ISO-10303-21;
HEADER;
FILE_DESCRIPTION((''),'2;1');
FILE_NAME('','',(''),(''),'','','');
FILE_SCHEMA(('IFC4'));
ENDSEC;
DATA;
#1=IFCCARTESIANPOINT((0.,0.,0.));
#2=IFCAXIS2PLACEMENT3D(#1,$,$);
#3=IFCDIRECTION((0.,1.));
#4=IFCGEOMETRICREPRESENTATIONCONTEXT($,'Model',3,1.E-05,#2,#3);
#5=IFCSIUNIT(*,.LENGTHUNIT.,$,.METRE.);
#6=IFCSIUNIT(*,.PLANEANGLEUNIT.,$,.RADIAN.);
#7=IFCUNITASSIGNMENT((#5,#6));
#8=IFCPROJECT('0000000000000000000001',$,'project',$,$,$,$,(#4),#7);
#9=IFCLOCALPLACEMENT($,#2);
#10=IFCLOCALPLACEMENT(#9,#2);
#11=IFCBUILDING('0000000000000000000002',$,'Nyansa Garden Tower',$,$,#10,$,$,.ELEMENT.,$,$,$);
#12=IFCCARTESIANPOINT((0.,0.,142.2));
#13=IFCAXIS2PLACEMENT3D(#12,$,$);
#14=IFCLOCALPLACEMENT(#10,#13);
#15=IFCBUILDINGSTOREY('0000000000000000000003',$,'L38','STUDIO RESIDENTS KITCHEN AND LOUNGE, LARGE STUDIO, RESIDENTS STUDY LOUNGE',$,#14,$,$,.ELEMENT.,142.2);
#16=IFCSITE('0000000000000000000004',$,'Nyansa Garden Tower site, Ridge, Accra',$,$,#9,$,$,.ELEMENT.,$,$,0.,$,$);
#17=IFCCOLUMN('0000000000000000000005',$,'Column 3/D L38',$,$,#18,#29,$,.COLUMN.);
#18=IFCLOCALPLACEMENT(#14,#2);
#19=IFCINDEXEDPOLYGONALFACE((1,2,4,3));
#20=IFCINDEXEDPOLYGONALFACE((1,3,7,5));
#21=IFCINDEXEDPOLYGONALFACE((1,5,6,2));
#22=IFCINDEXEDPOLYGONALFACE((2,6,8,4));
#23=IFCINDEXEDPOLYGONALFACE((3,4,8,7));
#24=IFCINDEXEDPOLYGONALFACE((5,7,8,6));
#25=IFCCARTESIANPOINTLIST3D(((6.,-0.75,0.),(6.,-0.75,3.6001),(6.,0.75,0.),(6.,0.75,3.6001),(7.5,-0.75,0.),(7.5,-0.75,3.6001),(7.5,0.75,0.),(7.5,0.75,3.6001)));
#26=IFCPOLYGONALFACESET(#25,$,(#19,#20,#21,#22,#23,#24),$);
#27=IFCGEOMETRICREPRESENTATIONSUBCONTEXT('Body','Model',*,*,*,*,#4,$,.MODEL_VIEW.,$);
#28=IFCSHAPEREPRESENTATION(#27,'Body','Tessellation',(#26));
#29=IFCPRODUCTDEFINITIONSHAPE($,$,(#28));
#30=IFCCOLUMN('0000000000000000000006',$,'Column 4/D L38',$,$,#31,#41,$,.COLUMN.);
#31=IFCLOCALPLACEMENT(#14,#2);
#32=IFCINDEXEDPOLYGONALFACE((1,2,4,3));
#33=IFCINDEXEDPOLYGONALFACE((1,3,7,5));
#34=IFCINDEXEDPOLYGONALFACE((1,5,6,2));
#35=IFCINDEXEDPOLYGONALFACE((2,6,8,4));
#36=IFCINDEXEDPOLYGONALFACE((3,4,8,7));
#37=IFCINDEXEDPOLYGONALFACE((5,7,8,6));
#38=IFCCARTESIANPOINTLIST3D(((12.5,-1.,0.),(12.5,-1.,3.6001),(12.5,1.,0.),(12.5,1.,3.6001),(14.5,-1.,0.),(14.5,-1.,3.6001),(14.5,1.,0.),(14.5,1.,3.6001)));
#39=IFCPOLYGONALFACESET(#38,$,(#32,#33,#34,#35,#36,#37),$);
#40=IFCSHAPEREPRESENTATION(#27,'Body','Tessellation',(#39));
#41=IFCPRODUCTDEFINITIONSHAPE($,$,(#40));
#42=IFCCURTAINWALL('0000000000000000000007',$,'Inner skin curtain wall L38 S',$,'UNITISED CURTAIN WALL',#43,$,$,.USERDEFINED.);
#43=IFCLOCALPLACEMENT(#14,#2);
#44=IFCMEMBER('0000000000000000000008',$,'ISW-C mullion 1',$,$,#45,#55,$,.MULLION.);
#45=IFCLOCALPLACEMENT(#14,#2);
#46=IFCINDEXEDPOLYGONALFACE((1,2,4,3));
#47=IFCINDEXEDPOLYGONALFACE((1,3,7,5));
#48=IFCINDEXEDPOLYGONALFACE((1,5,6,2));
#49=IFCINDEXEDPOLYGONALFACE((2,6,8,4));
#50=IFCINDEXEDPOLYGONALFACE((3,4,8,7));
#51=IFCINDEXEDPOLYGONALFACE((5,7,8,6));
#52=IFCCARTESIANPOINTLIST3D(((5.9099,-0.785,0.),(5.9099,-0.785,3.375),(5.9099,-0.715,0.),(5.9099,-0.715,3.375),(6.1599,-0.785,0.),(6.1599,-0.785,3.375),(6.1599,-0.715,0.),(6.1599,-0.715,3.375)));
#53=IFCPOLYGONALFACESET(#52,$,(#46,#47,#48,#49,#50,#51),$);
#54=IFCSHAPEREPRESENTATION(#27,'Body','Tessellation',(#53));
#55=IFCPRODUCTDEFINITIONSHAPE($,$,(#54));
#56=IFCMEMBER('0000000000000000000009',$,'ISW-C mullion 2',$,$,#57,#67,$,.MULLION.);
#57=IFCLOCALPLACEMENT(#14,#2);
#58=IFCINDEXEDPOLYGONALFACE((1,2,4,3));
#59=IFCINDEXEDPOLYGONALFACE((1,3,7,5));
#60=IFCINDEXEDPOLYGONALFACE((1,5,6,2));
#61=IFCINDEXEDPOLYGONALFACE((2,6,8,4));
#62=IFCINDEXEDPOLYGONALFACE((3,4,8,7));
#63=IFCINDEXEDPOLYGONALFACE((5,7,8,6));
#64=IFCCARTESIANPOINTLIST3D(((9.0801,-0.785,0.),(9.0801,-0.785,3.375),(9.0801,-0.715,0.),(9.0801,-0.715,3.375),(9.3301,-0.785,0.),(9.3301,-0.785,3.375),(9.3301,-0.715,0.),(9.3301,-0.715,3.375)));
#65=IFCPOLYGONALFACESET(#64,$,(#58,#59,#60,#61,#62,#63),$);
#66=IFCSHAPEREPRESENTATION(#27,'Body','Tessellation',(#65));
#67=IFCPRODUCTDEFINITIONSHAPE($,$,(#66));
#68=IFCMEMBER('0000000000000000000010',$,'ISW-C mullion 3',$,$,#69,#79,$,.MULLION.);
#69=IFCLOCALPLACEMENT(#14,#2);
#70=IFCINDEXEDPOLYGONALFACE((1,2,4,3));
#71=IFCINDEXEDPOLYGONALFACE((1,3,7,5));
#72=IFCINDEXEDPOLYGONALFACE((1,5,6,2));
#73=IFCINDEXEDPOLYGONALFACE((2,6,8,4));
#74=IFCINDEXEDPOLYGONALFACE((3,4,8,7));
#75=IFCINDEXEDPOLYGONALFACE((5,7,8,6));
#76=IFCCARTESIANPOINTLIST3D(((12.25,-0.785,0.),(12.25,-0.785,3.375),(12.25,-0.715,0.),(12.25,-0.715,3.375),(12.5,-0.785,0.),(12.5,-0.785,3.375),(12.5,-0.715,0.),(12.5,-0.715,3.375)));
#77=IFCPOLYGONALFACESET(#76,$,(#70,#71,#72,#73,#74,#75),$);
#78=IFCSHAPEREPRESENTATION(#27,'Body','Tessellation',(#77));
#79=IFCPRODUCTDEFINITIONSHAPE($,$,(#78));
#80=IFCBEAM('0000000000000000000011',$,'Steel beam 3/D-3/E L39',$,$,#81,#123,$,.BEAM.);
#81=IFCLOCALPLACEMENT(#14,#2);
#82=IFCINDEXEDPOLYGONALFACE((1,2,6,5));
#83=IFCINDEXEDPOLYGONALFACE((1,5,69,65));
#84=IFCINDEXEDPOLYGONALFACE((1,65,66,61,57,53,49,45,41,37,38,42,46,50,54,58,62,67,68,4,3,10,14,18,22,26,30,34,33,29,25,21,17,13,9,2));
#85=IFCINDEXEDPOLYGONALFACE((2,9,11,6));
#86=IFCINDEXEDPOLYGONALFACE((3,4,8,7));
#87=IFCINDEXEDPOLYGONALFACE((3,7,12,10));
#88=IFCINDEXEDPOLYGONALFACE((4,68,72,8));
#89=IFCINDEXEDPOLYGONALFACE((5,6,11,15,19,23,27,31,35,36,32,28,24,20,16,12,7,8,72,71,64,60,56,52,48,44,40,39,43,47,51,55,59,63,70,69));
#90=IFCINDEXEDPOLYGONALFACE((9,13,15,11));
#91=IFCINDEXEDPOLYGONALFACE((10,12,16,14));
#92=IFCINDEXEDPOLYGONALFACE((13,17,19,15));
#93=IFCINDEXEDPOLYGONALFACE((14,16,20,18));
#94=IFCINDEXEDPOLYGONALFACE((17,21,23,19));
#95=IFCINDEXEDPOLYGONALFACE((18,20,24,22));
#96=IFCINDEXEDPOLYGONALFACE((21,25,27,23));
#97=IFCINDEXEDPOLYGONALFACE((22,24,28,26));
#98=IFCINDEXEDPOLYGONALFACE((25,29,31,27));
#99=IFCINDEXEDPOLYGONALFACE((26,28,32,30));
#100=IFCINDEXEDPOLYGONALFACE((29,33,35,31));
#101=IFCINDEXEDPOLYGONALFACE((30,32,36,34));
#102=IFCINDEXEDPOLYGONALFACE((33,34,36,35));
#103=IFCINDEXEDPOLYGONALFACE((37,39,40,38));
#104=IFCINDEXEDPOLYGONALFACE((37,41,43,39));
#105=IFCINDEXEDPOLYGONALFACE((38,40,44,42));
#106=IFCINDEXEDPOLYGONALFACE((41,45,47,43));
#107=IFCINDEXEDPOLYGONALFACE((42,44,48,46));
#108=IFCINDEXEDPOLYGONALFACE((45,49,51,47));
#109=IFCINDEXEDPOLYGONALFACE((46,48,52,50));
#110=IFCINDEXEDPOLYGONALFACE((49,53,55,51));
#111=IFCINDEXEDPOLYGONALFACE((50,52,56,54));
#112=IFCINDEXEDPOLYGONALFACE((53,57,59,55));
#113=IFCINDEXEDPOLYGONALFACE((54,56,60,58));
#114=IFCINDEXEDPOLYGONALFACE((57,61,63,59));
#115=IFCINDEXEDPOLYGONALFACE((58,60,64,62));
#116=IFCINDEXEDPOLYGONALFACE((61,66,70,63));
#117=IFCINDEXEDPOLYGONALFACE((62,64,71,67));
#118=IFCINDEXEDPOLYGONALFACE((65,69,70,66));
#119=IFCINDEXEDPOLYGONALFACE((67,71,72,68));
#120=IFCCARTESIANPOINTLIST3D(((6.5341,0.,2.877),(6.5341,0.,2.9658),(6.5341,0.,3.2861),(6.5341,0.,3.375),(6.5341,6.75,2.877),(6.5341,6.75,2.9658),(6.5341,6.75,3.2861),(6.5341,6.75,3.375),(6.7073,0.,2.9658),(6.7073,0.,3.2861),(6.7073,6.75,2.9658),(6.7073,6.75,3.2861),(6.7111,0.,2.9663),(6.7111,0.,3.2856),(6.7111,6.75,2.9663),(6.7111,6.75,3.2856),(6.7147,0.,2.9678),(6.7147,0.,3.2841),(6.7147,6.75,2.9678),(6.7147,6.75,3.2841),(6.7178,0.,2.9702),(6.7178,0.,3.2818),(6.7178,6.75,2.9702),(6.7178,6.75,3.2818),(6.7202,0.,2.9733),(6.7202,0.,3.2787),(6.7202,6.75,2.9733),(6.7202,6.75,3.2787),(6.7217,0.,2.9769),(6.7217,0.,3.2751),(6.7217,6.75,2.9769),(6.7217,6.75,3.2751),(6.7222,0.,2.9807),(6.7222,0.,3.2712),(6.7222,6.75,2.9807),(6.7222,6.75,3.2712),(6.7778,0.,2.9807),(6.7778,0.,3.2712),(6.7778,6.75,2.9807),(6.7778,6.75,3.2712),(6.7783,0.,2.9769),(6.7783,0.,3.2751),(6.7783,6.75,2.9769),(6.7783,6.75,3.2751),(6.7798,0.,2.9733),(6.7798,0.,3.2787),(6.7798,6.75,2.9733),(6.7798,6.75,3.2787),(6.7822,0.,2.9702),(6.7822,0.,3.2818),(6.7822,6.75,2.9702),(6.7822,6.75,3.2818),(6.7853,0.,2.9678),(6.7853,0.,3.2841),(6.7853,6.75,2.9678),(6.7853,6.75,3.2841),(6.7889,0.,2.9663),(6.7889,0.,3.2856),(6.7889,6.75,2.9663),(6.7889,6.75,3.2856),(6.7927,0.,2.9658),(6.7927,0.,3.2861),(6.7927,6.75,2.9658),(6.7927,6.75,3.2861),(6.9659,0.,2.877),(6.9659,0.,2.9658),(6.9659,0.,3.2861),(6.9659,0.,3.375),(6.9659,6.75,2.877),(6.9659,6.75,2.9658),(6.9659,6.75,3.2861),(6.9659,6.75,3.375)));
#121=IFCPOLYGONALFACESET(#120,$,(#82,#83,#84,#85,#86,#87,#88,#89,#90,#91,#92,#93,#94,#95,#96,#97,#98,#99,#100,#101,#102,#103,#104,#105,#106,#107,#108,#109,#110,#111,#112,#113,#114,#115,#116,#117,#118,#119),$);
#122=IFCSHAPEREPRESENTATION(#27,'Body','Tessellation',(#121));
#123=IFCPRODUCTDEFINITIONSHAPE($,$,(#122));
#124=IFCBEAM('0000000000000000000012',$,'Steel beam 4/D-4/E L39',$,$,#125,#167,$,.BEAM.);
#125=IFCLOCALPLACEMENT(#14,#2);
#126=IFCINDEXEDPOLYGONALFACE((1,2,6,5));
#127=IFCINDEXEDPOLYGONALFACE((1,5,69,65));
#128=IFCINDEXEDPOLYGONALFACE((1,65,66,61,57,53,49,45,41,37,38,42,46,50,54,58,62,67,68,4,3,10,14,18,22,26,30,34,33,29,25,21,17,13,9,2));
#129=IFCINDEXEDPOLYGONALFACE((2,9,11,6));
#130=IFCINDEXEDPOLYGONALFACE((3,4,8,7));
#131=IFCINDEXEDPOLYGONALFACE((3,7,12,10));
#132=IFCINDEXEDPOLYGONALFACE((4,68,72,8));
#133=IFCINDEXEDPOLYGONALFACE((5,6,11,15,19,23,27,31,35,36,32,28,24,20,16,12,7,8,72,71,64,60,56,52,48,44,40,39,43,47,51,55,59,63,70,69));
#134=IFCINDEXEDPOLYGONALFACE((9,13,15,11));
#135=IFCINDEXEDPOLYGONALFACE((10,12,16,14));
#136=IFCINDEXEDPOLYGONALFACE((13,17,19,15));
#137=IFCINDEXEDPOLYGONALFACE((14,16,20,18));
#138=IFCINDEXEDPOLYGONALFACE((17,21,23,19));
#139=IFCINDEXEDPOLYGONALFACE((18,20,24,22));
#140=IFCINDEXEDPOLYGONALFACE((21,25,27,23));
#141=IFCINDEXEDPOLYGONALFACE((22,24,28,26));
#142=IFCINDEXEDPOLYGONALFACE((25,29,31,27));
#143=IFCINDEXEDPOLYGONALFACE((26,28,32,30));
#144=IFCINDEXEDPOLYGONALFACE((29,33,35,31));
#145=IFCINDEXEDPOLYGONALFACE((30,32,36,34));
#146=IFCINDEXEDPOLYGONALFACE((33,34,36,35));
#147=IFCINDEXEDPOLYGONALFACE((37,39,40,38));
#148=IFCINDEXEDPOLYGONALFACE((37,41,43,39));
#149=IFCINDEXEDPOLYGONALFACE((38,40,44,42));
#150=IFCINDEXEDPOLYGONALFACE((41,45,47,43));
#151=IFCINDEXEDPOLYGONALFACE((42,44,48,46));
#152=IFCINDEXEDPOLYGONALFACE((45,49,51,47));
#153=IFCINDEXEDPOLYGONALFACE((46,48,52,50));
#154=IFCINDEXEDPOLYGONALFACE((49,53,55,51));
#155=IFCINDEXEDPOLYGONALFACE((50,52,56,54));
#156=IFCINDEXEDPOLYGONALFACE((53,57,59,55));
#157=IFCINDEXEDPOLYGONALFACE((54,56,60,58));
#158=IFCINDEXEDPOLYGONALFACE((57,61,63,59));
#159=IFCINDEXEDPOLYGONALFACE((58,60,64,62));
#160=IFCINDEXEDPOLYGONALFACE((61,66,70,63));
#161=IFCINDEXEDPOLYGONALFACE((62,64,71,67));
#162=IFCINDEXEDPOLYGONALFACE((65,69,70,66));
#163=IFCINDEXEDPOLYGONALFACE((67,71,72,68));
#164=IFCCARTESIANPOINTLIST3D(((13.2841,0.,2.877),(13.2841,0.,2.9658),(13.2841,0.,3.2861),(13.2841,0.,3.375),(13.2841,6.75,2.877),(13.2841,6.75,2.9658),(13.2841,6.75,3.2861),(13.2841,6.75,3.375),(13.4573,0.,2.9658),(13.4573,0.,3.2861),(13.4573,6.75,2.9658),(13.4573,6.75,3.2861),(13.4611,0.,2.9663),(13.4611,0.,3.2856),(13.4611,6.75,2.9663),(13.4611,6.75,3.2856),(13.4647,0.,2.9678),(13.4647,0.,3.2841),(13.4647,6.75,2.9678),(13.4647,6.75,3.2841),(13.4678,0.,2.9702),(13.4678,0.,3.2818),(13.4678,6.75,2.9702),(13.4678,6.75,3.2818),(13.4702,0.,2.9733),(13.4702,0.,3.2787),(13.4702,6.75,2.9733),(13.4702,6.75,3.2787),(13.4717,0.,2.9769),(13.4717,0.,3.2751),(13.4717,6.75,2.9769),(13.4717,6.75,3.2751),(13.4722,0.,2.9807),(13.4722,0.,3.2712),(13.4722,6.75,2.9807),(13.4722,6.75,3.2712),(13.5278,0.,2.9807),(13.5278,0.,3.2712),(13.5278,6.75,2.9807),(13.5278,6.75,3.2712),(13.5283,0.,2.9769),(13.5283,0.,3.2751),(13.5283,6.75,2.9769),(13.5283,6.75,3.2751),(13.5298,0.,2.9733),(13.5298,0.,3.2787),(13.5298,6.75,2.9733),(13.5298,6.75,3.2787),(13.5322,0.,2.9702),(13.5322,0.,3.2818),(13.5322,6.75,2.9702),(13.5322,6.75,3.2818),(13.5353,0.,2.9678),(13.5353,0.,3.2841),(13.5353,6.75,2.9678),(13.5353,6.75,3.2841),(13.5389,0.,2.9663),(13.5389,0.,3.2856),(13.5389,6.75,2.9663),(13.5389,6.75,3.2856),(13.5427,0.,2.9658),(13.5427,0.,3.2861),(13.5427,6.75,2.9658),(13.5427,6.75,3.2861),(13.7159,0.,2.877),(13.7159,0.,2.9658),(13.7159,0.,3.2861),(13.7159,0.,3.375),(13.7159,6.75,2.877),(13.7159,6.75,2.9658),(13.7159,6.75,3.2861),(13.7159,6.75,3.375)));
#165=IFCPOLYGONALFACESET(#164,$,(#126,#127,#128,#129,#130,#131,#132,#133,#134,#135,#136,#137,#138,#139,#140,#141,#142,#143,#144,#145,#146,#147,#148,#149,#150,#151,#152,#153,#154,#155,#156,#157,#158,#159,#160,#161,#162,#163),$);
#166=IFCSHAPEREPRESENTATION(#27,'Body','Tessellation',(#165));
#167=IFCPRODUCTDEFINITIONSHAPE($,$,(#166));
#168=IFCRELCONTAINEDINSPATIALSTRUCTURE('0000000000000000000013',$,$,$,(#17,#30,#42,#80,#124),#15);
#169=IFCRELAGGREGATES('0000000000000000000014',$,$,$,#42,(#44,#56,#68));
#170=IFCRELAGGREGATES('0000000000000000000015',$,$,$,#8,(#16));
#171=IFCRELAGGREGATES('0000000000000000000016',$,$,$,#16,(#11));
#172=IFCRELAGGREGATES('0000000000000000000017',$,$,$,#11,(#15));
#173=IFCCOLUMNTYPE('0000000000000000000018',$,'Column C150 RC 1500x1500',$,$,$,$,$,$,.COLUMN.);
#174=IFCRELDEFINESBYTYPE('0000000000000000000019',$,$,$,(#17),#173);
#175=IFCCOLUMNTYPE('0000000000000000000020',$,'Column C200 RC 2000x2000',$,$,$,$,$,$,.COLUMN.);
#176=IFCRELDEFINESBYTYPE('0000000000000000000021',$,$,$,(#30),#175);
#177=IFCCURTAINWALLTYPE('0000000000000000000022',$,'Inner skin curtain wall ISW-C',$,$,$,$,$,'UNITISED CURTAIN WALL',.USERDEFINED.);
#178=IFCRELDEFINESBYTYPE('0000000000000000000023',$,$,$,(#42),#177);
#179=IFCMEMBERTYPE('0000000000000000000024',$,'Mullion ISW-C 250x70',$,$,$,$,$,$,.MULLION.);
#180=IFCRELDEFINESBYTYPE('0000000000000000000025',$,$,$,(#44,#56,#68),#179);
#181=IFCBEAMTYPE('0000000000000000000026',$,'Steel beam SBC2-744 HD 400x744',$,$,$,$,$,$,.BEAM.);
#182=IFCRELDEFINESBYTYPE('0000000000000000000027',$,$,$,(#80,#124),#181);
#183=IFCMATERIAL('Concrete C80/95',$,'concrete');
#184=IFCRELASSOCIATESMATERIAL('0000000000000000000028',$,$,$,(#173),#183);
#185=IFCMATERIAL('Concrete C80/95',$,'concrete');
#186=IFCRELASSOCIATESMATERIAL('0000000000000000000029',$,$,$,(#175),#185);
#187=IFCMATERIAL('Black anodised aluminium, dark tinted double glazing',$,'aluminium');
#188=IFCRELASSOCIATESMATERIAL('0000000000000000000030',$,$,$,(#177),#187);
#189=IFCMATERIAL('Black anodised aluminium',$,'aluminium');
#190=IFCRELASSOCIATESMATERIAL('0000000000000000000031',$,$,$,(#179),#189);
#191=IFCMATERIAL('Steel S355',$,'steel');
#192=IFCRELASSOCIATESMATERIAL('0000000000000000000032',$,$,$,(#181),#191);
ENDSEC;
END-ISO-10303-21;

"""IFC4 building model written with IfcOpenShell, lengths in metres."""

from ifc_helpers import new_model, si_unit, direction, frame, origin, origin_2d, place, context, subcontext, project, spatial, rectangle, i_section, extrude, material, material_profile, profile_set, type_object, element, aggregate, save


model = new_model("IFC4")

# Units and contexts
model_context = context("Model", 3, precision=1e-05, world=origin(), true_north=direction((0.0, 1.0)))
body_context = subcontext(model_context, "Body", "Model", "MODEL_VIEW")
ifc_project = project(units=[si_unit("LENGTHUNIT", "METRE"), si_unit("PLANEANGLEUNIT", "RADIAN")], contexts=[model_context])

# Site, building, storey
site_placement = place(None, origin())
site = spatial("IfcSite", under=ifc_project, at=site_placement, Name="Nyansa Garden Tower site, Ridge, Accra", CompositionType="ELEMENT", RefElevation=0.0)
building_placement = place(site_placement, origin())
building = spatial("IfcBuilding", under=site, at=building_placement, Name="Nyansa Garden Tower", CompositionType="ELEMENT")
storey_placement = place(building_placement, frame((0.0, 0.0, 142.2)))
storey = spatial("IfcBuildingStorey", under=building, at=storey_placement, Name="L38", Description="STUDIO RESIDENTS KITCHEN AND LOUNGE, LARGE STUDIO, RESIDENTS STUDY LOUNGE", CompositionType="ELEMENT", Elevation=142.2)

# Columns
ifc_material_1 = material(Name="Concrete C80/95", Category="concrete")
ifc_material_profile_1 = material_profile(ifc_material_1, rectangle(XDim=1.5, YDim=1.5, at=origin_2d()), Name="RC 1500x1500")
ifc_profile_set_1 = profile_set([ifc_material_profile_1], Name="Concrete C80/95")
column_type_1 = type_object("IfcColumnType", Name="Column C150 RC 1500x1500", PredefinedType="COLUMN", material=ifc_profile_set_1)
column_1_placement = place(storey_placement, frame((6.75, 0.0, 0.0), z_axis=(0.0, 0.0, 1.0), x_axis=(1.0, 0.0, 0.0)))
element("IfcColumn", 1, at=column_1_placement, inside=storey, type_object=column_type_1, Name="Column 3/D L38", PredefinedType="COLUMN", context=body_context, shape_type="SweptSolid", body=[
    extrude(rectangle(XDim=1.5, YDim=1.5, at=origin_2d()), origin(), (0.0, 0.0, 1.0), 3.6001),
])
ifc_material_2 = material(Name="Concrete C80/95", Category="concrete")
ifc_material_profile_2 = material_profile(ifc_material_2, rectangle(XDim=2.0, YDim=2.0, at=origin_2d()), Name="RC 2000x2000")
ifc_profile_set_2 = profile_set([ifc_material_profile_2], Name="Concrete C80/95")
column_type_2 = type_object("IfcColumnType", Name="Column C200 RC 2000x2000", PredefinedType="COLUMN", material=ifc_profile_set_2)
column_2_placement = place(storey_placement, frame((13.5, 0.0, 0.0), z_axis=(0.0, 0.0, 1.0), x_axis=(1.0, 0.0, 0.0)))
element("IfcColumn", 2, at=column_2_placement, inside=storey, type_object=column_type_2, Name="Column 4/D L38", PredefinedType="COLUMN", context=body_context, shape_type="SweptSolid", body=[
    extrude(rectangle(XDim=2.0, YDim=2.0, at=origin_2d()), origin(), (0.0, 0.0, 1.0), 3.6001),
])

# Curtain wall, members
ifc_material_3 = material(Name="Black anodised aluminium, dark tinted double glazing", Category="aluminium")
curtain_wall_type = type_object("IfcCurtainWallType", Name="Inner skin curtain wall ISW-C", ElementType="UNITISED CURTAIN WALL", PredefinedType="USERDEFINED", material=ifc_material_3)
curtain_wall_placement = place(storey_placement, origin())
curtain_wall = element("IfcCurtainWall", 3, at=curtain_wall_placement, inside=storey, type_object=curtain_wall_type, Name="Inner skin curtain wall L38 S", ObjectType="UNITISED CURTAIN WALL", PredefinedType="USERDEFINED")
ifc_material_4 = material(Name="Black anodised aluminium", Category="aluminium")
ifc_material_profile_3 = material_profile(ifc_material_4, rectangle(XDim=0.0701, YDim=0.25, at=origin_2d()), Name="Mullion 250x70")
ifc_profile_set_3 = profile_set([ifc_material_profile_3], Name="Black anodised aluminium")
member_type_1 = type_object("IfcMemberType", Name="Mullion ISW-C 250x70", PredefinedType="MULLION", material=ifc_profile_set_3)
member_1_placement = place(storey_placement, frame((6.0349, -0.75, 0.0), z_axis=(0.0, 0.0, 1.0), x_axis=(0.0, 1.0, 0.0)))
member_1 = element("IfcMember", 4, at=member_1_placement, type_object=member_type_1, Name="ISW-C mullion 1", PredefinedType="MULLION", context=body_context, shape_type="SweptSolid", body=[
    extrude(rectangle(XDim=0.0701, YDim=0.25, at=origin_2d()), origin(), (0.0, 0.0, 1.0), 3.375),
])
member_2_placement = place(storey_placement, frame((9.2051, -0.75, 0.0), z_axis=(0.0, 0.0, 1.0), x_axis=(0.0, 1.0, 0.0)))
member_2 = element("IfcMember", 5, at=member_2_placement, type_object=member_type_1, Name="ISW-C mullion 2", PredefinedType="MULLION", context=body_context, shape_type="SweptSolid", body=[
    extrude(rectangle(XDim=0.0701, YDim=0.25, at=origin_2d()), origin(), (0.0, 0.0, 1.0), 3.375),
])
member_3_placement = place(storey_placement, frame((12.375, -0.75, 0.0), z_axis=(0.0, 0.0, 1.0), x_axis=(0.0, 1.0, 0.0)))
member_3 = element("IfcMember", 6, at=member_3_placement, type_object=member_type_1, Name="ISW-C mullion 3", PredefinedType="MULLION", context=body_context, shape_type="SweptSolid", body=[
    extrude(rectangle(XDim=0.0701, YDim=0.25, at=origin_2d()), origin(), (0.0, 0.0, 1.0), 3.375),
])

# Beams
ifc_material_5 = material(Name="Steel S355", Category="steel")
ifc_material_profile_4 = material_profile(ifc_material_5, i_section(OverallWidth=0.4319, OverallDepth=0.498, WebThickness=0.0557, FlangeThickness=0.0889, FilletRadius=0.0149, at=origin_2d()), Name="HD 400x744")
ifc_profile_set_4 = profile_set([ifc_material_profile_4], Name="Steel S355")
beam_type_1 = type_object("IfcBeamType", Name="Steel beam SBC2-744 HD 400x744", PredefinedType="BEAM", material=ifc_profile_set_4)
for number, where, z_axis, x_axis, name in (
    (7, (6.75, 0.0, 3.126), (0.0, 1.0, 0.0), (-1.0, 0.0, 0.0), "Steel beam 3/D-3/E L39"),
    (8, (13.5, 0.0, 3.126), (0.0, 1.0, 0.0), (-1.0, 0.0, 0.0), "Steel beam 4/D-4/E L39"),
):
    element("IfcBeam", number, at=place(storey_placement, frame(where, z_axis=z_axis, x_axis=x_axis)), inside=storey, type_object=beam_type_1, Name=name, PredefinedType="BEAM", context=body_context, shape_type="SweptSolid", body=[
        extrude(i_section(OverallWidth=0.4319, OverallDepth=0.498, WebThickness=0.0557, FlangeThickness=0.0889, FilletRadius=0.0149, at=origin_2d()), origin(), (0.0, 0.0, 1.0), 6.75),
    ])

aggregate(curtain_wall, [member_1, member_2, member_3])

save(model, "model.ifc")
